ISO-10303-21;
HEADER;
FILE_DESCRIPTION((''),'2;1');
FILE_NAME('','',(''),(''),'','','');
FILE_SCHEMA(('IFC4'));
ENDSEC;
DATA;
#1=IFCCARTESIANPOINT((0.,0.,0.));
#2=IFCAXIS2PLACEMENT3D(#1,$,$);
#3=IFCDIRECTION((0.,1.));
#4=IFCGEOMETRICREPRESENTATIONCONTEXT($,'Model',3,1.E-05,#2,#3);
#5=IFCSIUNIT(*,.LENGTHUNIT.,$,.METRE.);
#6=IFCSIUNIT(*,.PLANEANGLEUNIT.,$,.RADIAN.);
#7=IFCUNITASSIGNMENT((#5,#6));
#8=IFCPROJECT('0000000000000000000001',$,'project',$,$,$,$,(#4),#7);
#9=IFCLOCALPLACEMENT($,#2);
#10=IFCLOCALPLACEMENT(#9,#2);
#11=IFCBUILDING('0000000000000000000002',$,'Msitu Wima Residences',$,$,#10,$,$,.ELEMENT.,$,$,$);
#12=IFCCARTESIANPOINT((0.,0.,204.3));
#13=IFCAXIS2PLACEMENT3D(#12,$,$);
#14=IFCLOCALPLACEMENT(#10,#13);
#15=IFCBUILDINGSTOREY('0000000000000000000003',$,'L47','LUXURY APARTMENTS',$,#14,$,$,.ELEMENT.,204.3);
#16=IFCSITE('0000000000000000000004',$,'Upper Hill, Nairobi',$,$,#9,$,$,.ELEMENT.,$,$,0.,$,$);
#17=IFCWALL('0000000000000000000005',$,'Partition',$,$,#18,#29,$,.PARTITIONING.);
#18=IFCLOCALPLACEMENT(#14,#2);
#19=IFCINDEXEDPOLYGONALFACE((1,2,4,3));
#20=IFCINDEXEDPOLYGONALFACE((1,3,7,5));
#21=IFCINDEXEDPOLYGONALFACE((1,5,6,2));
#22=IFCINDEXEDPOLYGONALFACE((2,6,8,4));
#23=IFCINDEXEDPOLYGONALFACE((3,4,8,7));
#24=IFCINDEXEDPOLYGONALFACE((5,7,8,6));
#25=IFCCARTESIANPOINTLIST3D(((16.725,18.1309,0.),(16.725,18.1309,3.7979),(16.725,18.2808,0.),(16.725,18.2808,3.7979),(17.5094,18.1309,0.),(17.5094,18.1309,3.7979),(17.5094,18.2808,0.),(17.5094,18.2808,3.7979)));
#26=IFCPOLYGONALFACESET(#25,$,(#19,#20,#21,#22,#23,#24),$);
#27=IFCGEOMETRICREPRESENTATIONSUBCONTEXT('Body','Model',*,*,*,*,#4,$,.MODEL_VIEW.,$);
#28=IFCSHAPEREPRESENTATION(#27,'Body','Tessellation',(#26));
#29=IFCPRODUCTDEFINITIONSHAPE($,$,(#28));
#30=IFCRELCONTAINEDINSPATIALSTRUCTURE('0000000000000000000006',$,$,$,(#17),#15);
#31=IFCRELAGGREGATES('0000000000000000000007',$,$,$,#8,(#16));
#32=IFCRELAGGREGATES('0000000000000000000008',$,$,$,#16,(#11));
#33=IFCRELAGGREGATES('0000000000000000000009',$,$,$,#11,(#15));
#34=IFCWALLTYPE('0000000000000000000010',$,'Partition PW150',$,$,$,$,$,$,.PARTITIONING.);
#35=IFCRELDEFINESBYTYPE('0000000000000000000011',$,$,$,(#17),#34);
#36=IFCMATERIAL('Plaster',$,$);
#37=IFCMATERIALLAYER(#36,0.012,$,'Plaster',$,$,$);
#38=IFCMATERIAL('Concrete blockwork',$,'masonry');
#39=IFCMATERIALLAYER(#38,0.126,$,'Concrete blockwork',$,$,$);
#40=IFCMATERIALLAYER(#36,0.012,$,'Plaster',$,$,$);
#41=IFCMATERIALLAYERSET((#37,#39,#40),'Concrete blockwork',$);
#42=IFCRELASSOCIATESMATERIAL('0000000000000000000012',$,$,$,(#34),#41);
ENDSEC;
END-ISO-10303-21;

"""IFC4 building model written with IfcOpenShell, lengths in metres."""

from ifc_helpers import new_model, si_unit, direction, frame, frame_2d, origin, place, context, subcontext, project, spatial, rectangle, extrude, material, layer, layer_set, type_object, element, save


model = new_model("IFC4")

# Units and contexts
model_context = context("Model", 3, precision=1e-05, world=origin(), true_north=direction((0.0, 1.0)))
body_context = subcontext(model_context, "Body", "Model", "MODEL_VIEW")
ifc_project = project(units=[si_unit("LENGTHUNIT", "METRE"), si_unit("PLANEANGLEUNIT", "RADIAN")], contexts=[model_context])

# Site, building, storey
site_placement = place(None, origin())
site = spatial("IfcSite", under=ifc_project, at=site_placement, Name="Upper Hill, Nairobi", CompositionType="ELEMENT", RefElevation=0.0)
building_placement = place(site_placement, origin())
building = spatial("IfcBuilding", under=site, at=building_placement, Name="Msitu Wima Residences", CompositionType="ELEMENT")
storey_placement = place(building_placement, frame((0.0, 0.0, 204.3)))
storey = spatial("IfcBuildingStorey", under=building, at=storey_placement, Name="L47", Description="LUXURY APARTMENTS", CompositionType="ELEMENT", Elevation=204.3)

# Shared definitions
ifc_material_1 = material(Name="Plaster")
ifc_material_2 = material(Name="Concrete blockwork", Category="masonry")
ifc_layer_1 = layer(ifc_material_1, 0.012, Name="Plaster")
ifc_layer_2 = layer(ifc_material_2, 0.126, Name="Concrete blockwork")
ifc_layer_3 = layer(ifc_material_1, 0.012, Name="Plaster")
ifc_layer_set_1 = layer_set([ifc_layer_1, ifc_layer_2, ifc_layer_3], Name="Concrete blockwork")
wall_type_1 = type_object("IfcWallType", Name="Partition PW150", PredefinedType="PARTITIONING", material=ifc_layer_set_1)

# Wall
wall_1_placement = place(storey_placement, frame((16.7251, 18.2058, 0.0), z_axis=(0.0, 0.0, 1.0), x_axis=(1.0, 0.0, 0.0)))
element("IfcWall", 1, at=wall_1_placement, inside=storey, type_object=wall_type_1, Name="Partition", PredefinedType="PARTITIONING", context=body_context, shape_type="SweptSolid", body=[
    extrude(rectangle(XDim=0.7844, YDim=0.1499, at=frame_2d((0.3921, 0.0))), origin(), (0.0, 0.0, 1.0), 3.7979),
])

save(model, "model.ifc")
